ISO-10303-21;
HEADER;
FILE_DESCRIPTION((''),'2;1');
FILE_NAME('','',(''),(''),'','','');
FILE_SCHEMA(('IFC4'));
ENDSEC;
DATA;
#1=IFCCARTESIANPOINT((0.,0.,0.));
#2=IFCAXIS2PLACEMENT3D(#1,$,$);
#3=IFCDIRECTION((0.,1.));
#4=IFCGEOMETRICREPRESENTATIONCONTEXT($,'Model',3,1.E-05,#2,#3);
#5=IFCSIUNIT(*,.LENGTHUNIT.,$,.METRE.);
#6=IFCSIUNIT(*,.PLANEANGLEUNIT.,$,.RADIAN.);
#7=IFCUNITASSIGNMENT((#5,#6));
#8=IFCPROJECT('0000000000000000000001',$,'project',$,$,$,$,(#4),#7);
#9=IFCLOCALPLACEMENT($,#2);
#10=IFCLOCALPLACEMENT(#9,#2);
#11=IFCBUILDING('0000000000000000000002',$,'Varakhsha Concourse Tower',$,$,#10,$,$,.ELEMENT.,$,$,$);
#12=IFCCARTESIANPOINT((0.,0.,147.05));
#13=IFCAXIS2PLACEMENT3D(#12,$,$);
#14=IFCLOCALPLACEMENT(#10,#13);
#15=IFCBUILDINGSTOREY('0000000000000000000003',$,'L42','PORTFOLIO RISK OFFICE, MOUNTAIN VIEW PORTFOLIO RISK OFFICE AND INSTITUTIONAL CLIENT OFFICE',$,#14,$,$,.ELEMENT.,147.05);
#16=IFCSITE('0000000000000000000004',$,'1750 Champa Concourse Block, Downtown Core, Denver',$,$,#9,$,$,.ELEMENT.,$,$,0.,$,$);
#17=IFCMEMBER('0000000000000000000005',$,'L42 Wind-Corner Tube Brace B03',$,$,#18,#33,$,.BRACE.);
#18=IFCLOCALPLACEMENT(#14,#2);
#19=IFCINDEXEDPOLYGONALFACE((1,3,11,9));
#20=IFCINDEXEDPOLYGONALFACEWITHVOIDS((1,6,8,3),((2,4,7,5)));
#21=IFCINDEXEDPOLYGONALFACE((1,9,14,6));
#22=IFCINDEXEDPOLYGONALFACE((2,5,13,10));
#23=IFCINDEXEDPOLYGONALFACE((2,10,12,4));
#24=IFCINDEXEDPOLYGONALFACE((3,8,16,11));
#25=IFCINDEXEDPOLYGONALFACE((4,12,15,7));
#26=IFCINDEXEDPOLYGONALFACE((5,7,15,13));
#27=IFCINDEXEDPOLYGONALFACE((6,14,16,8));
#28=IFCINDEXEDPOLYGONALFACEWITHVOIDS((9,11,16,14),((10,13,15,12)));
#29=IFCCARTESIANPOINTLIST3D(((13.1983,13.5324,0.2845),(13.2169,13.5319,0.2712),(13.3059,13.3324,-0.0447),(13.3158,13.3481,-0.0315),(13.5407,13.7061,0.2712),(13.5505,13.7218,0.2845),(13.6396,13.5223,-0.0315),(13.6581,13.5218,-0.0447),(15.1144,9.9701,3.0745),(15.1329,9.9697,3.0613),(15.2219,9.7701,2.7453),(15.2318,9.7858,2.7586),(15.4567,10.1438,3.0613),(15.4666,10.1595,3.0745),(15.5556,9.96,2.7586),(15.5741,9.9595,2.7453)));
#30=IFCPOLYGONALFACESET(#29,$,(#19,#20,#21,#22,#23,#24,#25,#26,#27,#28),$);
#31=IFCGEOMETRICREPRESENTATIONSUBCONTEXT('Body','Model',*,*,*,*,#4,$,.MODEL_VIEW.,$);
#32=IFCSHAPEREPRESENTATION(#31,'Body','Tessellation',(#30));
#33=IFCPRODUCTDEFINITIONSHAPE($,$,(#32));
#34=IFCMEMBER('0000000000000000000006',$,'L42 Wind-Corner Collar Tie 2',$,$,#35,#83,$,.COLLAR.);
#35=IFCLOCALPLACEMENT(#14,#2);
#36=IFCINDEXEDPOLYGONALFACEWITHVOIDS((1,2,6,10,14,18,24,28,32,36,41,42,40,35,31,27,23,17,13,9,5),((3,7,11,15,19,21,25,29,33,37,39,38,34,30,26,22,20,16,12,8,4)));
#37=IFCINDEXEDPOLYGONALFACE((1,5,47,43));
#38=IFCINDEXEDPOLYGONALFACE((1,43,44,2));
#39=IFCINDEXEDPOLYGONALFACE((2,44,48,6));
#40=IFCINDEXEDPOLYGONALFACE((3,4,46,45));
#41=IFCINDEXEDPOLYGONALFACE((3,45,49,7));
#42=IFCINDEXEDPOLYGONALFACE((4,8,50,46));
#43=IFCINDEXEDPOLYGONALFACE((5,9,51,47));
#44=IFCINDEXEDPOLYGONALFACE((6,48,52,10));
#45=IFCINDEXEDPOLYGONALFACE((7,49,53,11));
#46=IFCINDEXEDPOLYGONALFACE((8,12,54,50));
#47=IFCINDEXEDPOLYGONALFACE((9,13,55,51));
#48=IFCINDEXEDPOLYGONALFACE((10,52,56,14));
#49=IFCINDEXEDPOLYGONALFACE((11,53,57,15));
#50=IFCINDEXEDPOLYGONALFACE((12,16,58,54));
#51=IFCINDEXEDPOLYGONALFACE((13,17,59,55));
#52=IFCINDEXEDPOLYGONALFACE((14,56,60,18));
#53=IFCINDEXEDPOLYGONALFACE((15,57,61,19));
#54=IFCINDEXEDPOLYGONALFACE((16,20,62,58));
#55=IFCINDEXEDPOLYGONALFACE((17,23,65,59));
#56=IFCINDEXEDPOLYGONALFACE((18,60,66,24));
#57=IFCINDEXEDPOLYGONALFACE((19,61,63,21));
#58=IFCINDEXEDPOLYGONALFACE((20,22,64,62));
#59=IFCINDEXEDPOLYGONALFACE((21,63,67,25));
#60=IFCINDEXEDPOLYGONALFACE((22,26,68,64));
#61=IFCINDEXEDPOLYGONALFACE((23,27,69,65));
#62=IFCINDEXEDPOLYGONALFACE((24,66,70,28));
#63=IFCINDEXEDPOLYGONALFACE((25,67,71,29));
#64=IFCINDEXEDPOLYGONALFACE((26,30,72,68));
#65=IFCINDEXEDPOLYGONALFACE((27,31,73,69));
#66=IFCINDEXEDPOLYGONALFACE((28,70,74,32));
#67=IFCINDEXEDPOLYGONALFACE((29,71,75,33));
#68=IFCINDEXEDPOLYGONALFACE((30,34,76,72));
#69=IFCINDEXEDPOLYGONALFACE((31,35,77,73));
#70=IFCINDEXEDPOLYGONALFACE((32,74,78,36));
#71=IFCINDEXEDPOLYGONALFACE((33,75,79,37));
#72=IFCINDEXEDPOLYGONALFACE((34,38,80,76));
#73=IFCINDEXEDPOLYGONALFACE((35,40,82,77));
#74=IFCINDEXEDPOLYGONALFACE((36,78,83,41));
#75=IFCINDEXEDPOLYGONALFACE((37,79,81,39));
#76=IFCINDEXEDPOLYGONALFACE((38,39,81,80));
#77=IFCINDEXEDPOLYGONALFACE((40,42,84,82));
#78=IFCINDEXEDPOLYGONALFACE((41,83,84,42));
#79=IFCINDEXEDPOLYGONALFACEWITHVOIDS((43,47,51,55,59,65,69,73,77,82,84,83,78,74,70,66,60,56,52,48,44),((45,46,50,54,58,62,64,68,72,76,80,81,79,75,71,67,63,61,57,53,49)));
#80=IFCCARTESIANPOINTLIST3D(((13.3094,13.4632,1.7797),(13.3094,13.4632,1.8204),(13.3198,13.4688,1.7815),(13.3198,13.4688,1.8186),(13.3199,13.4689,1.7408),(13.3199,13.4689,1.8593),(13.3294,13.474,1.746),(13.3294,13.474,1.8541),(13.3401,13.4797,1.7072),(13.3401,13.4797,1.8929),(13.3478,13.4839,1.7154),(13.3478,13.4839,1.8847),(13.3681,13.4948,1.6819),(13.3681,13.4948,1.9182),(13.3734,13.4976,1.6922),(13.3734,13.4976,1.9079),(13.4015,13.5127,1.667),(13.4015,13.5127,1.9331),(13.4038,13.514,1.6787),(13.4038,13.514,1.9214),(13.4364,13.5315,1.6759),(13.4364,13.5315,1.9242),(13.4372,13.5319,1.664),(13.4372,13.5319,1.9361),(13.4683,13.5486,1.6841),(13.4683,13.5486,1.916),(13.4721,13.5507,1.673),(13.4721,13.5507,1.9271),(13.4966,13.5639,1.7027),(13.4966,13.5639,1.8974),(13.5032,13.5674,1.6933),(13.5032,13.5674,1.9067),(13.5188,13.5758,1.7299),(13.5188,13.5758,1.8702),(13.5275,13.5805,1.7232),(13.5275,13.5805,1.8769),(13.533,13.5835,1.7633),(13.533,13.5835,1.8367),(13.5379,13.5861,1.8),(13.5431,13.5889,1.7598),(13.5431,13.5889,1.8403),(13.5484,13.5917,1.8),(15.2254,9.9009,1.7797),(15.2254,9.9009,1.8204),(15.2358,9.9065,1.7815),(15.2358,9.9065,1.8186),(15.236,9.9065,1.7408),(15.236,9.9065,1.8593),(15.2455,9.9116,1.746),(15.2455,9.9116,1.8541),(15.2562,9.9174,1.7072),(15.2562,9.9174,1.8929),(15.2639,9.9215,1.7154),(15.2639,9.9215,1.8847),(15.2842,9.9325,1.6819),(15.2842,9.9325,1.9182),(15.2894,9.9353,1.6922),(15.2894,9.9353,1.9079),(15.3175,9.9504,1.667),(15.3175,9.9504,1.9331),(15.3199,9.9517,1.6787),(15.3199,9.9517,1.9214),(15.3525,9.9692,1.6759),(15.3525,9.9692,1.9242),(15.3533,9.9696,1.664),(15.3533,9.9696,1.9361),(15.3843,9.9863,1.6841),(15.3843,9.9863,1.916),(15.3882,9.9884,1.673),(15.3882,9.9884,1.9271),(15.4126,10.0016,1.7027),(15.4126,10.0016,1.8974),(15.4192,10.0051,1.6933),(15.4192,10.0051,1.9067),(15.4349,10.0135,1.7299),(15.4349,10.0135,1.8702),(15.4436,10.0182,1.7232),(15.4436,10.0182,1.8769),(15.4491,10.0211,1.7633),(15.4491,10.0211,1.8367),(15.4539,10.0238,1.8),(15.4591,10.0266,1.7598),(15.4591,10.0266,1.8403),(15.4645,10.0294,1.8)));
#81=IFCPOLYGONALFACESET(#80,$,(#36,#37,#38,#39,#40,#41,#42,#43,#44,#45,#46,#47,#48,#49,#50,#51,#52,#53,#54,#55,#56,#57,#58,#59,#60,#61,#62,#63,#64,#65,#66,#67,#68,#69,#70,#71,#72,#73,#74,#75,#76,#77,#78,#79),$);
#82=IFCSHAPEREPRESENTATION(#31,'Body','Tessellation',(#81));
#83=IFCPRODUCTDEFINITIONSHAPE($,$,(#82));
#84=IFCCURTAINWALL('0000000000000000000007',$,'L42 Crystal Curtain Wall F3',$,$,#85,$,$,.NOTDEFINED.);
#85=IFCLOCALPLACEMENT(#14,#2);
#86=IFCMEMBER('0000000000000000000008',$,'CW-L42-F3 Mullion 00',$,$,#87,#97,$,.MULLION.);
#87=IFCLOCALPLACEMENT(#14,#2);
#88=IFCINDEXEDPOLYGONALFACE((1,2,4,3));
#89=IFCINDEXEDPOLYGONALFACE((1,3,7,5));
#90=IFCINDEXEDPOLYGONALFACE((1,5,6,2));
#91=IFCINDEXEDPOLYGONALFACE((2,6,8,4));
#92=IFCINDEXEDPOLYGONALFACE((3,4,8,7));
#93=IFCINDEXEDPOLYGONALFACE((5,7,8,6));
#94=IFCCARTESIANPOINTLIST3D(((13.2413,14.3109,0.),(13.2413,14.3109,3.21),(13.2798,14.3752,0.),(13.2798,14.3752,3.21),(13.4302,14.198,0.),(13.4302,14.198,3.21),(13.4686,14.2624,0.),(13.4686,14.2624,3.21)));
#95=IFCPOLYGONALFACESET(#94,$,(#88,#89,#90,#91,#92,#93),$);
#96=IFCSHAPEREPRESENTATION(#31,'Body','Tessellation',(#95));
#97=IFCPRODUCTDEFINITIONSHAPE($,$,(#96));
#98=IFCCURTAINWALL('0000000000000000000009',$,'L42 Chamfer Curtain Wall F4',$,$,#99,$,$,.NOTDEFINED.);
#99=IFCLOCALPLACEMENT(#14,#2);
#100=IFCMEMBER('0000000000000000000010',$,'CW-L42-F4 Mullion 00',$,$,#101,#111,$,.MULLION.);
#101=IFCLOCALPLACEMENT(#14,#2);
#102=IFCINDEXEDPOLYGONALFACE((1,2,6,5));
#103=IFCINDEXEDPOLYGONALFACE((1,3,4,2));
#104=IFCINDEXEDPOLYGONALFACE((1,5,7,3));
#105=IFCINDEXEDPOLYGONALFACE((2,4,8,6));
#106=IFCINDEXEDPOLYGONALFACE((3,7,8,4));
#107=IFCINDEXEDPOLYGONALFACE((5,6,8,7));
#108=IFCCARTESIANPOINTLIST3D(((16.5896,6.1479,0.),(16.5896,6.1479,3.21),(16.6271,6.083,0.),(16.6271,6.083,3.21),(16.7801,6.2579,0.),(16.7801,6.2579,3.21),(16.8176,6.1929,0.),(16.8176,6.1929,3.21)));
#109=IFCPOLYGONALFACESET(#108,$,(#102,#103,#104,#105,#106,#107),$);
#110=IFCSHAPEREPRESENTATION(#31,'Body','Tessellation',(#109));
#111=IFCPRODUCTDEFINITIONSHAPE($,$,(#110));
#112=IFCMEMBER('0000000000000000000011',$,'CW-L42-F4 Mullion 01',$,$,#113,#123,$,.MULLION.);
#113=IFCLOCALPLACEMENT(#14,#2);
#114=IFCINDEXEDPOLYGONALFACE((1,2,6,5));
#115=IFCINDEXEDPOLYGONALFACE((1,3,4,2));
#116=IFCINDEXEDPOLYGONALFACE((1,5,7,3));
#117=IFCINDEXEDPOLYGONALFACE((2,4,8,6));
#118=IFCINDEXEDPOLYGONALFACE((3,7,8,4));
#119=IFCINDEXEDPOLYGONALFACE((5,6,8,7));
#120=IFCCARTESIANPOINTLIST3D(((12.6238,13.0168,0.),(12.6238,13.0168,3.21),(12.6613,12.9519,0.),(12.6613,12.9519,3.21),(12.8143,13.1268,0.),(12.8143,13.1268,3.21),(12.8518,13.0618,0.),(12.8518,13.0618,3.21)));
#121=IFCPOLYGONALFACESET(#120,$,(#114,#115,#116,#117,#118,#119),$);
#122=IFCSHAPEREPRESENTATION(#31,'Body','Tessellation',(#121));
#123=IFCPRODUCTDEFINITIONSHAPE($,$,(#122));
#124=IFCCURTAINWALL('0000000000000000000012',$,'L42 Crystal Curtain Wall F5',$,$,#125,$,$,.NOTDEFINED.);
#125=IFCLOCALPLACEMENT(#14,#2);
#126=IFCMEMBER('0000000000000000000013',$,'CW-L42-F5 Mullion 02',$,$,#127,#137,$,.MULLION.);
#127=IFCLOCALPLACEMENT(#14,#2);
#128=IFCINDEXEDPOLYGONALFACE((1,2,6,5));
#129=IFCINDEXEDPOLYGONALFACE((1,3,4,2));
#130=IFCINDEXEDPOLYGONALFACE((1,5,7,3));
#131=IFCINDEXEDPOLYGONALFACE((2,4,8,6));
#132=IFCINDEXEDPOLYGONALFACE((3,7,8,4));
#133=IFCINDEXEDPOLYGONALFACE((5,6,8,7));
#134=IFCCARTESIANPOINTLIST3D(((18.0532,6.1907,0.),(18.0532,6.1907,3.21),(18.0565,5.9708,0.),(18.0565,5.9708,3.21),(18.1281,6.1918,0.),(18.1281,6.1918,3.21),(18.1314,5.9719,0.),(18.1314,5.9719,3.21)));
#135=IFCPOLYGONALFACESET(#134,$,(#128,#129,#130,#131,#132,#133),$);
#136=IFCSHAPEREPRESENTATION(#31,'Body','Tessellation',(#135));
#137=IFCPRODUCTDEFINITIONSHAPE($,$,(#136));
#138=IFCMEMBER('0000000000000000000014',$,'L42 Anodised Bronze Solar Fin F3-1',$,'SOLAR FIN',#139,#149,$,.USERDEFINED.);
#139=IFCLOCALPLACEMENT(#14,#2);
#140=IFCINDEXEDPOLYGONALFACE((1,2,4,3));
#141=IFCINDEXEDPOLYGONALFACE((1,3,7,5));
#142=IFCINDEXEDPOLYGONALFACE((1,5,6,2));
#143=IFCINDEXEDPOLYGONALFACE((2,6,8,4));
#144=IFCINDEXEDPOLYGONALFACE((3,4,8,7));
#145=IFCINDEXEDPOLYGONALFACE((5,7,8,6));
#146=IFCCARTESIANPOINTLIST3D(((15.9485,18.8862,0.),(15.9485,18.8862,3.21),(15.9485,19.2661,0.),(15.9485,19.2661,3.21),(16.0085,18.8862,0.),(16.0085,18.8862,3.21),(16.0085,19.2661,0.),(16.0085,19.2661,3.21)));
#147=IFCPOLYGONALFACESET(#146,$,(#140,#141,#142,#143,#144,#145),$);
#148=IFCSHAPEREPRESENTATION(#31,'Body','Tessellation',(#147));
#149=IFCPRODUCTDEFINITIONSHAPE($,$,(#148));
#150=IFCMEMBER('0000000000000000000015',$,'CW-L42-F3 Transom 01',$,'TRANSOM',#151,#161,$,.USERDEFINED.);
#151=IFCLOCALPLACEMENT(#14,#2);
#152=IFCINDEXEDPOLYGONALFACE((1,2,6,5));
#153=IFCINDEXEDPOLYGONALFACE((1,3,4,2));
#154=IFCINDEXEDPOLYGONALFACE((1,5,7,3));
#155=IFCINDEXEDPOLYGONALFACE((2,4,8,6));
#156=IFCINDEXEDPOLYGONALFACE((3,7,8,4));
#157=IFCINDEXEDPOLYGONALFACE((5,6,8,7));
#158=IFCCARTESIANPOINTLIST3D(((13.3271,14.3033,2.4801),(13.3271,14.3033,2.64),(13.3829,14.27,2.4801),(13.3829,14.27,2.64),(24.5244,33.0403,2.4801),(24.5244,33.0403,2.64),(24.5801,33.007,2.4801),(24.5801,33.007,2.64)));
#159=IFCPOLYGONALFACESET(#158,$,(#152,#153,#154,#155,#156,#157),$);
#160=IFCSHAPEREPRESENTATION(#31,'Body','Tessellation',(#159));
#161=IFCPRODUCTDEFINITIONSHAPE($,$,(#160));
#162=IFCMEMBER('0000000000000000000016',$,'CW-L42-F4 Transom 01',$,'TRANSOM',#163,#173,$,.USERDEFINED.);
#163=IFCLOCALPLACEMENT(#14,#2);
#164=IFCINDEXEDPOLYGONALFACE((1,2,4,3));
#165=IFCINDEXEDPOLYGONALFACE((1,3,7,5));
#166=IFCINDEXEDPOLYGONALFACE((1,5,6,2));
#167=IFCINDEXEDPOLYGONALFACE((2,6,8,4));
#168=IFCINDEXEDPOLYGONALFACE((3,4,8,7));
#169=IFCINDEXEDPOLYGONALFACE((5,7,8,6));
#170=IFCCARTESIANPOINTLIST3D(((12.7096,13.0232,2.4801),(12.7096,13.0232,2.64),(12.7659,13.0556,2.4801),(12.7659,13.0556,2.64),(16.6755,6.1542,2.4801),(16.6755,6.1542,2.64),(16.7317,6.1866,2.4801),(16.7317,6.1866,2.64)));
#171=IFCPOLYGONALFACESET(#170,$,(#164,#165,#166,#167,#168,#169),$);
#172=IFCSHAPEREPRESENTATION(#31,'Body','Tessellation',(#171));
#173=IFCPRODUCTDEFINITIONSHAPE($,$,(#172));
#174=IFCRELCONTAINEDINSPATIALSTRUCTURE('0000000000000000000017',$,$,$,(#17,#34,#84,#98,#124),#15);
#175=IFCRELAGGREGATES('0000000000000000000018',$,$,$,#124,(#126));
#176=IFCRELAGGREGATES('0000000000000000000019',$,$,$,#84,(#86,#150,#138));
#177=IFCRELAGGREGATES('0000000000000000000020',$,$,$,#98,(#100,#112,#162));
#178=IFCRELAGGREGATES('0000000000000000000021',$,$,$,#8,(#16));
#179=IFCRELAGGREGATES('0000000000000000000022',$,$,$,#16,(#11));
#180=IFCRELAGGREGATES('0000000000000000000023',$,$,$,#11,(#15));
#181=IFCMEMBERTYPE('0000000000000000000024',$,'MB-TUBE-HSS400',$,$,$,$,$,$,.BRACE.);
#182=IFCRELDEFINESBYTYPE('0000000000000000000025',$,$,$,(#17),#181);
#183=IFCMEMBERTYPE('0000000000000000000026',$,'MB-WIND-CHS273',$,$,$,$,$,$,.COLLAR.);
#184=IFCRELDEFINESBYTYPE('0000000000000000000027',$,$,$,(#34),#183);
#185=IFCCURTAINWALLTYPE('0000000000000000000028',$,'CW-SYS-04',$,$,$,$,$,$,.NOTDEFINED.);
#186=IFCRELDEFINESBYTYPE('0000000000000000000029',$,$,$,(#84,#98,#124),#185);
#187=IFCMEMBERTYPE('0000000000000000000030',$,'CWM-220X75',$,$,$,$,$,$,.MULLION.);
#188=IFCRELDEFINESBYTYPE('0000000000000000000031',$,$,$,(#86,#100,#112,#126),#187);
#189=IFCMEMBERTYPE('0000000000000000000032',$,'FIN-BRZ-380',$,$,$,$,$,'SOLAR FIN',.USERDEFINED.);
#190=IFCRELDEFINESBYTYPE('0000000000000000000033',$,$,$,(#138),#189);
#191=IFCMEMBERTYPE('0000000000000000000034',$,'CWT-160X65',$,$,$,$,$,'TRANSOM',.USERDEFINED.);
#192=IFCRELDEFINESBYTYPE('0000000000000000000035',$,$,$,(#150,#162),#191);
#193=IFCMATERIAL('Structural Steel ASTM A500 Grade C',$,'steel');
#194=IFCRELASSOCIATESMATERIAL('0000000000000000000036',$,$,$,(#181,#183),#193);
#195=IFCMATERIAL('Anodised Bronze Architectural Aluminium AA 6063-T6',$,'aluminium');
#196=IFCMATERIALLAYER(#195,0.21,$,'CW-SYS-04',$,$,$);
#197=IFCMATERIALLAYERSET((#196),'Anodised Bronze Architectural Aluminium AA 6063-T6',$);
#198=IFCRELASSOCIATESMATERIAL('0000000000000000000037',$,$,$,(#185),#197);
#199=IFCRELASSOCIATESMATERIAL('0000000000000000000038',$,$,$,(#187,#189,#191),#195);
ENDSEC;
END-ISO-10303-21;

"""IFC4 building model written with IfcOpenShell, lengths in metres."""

from ifc_helpers import new_model, si_unit, direction, frame, origin, origin_2d, place, context, subcontext, project, spatial, rectangle, hollow_rectangle, hollow_circle, extrude, source, transform, mapped, material, layer, layer_set, material_profile, profile_set, type_object, type_shapes, element, aggregate, save


model = new_model("IFC4")

# Units and contexts
model_context = context("Model", 3, precision=1e-05, world=origin(), true_north=direction((0.0, 1.0)))
body_context = subcontext(model_context, "Body", "Model", "MODEL_VIEW")
ifc_project = project(units=[si_unit("LENGTHUNIT", "METRE"), si_unit("PLANEANGLEUNIT", "RADIAN")], contexts=[model_context])

# Site, building, storey
site_placement = place(None, origin())
site = spatial("IfcSite", under=ifc_project, at=site_placement, Name="1750 Champa Concourse Block, Downtown Core, Denver", CompositionType="ELEMENT", RefElevation=0.0)
building_placement = place(site_placement, origin())
building = spatial("IfcBuilding", under=site, at=building_placement, Name="Varakhsha Concourse Tower", CompositionType="ELEMENT")
storey_placement = place(building_placement, frame((0.0, 0.0, 147.05)))
storey = spatial("IfcBuildingStorey", under=building, at=storey_placement, Name="L42", Description="PORTFOLIO RISK OFFICE, MOUNTAIN VIEW PORTFOLIO RISK OFFICE AND INSTITUTIONAL CLIENT OFFICE", CompositionType="ELEMENT", Elevation=147.05)

# Members
ifc_material_1 = material(Name="Structural Steel ASTM A500 Grade C", Category="steel")
ifc_material_profile_1 = material_profile(ifc_material_1, hollow_rectangle(XDim=0.3999, YDim=0.3999, WallThickness=0.0161, at=origin_2d()), Name="HSS 400x400x16")
ifc_profile_set_1 = profile_set([ifc_material_profile_1], Name="Structural Steel ASTM A500 Grade C")
member_type_1 = type_object("IfcMemberType", Name="MB-TUBE-HSS400", PredefinedType="BRACE", material=ifc_profile_set_1)
shared_shape_1 = source(origin(), body_context, "Body", "SweptSolid", [
    extrude(hollow_rectangle(XDim=0.3999, YDim=0.3999, WallThickness=0.0161, at=origin_2d()), origin(), (0.0, 0.0, 1.0), 4.9138),
])
member_1_placement = place(storey_placement, frame((13.4282, 13.5271, 0.1199), z_axis=(0.389928, -0.724954, 0.567801), x_axis=(0.88069, 0.473693, 0.0)))
element("IfcMember", 1, at=member_1_placement, inside=storey, type_object=member_type_1, Name="L42 Wind-Corner Tube Brace B03", PredefinedType="BRACE", context=body_context, shape_type="MappedRepresentation", body=[
    mapped(shared_shape_1, transform((0.0, 0.0, 0.0), scale=1.0)),
])
ifc_material_profile_2 = material_profile(ifc_material_1, hollow_circle(Radius=0.1365, WallThickness=0.012, at=origin_2d()), Name="CHS 273x12")
ifc_profile_set_2 = profile_set([ifc_material_profile_2], Name="Structural Steel ASTM A500 Grade C")
member_type_2 = type_object("IfcMemberType", Name="MB-WIND-CHS273", PredefinedType="COLLAR", material=ifc_profile_set_2)
shared_shape_2 = source(origin(), body_context, "Body", "SweptSolid", [
    extrude(hollow_circle(Radius=0.1365, WallThickness=0.012, at=origin_2d()), origin(), (0.0, 0.0, 1.0), 4.0449),
])
type_shapes(member_type_2, [shared_shape_2])
member_2_placement = place(storey_placement, frame((13.4282, 13.5271, 1.8), z_axis=(0.473693, -0.88069, 0.0), x_axis=(0.88069, 0.473693, 0.0)))
element("IfcMember", 2, at=member_2_placement, inside=storey, type_object=member_type_2, Name="L42 Wind-Corner Collar Tie 2", PredefinedType="COLLAR", context=body_context, shape_type="MappedRepresentation", body=[
    mapped(shared_shape_2, transform((0.0, 0.0, 0.0), scale=1.0)),
])

# Curtain wall, member
ifc_material_2 = material(Name="Anodised Bronze Architectural Aluminium AA 6063-T6", Category="aluminium")
ifc_layer_1 = layer(ifc_material_2, 0.21, Name="CW-SYS-04")
ifc_layer_set_1 = layer_set([ifc_layer_1], Name="Anodised Bronze Architectural Aluminium AA 6063-T6")
curtain_wall_type = type_object("IfcCurtainWallType", Name="CW-SYS-04", PredefinedType="NOTDEFINED", material=ifc_layer_set_1)
curtain_wall_1_placement = place(storey_placement, origin())
curtain_wall_1 = element("IfcCurtainWall", 3, at=curtain_wall_1_placement, inside=storey, type_object=curtain_wall_type, Name="L42 Crystal Curtain Wall F3", PredefinedType="NOTDEFINED")
ifc_material_profile_3 = material_profile(ifc_material_2, rectangle(XDim=0.075, YDim=0.22, at=origin_2d()), Name="CWM-220X75")
ifc_profile_set_3 = profile_set([ifc_material_profile_3], Name="Anodised Bronze Architectural Aluminium AA 6063-T6")
member_type_3 = type_object("IfcMemberType", Name="CWM-220X75", PredefinedType="MULLION", material=ifc_profile_set_3)
shared_shape_3 = source(origin(), body_context, "Body", "SweptSolid", [
    extrude(rectangle(XDim=0.075, YDim=0.22, at=origin_2d()), origin(), (0.0, 0.0, 1.0), 3.21),
])
type_shapes(member_type_3, [shared_shape_3])
member_3_placement = place(storey_placement, frame((13.355, 14.2866, 0.0), z_axis=(0.0, 0.0, 1.0), x_axis=(0.512984, 0.858398, 0.0)))
member_3 = element("IfcMember", 4, at=member_3_placement, type_object=member_type_3, Name="CW-L42-F3 Mullion 00", PredefinedType="MULLION", context=body_context, shape_type="MappedRepresentation", body=[
    mapped(shared_shape_3, transform((0.0, 0.0, 0.0), scale=1.0)),
])

# Curtain wall, members
curtain_wall_2_placement = place(storey_placement, origin())
curtain_wall_2 = element("IfcCurtainWall", 5, at=curtain_wall_2_placement, inside=storey, type_object=curtain_wall_type, Name="L42 Chamfer Curtain Wall F4", PredefinedType="NOTDEFINED")
member_4_placement = place(storey_placement, frame((16.7036, 6.1704, 0.0), z_axis=(0.0, 0.0, 1.0), x_axis=(-0.5, 0.866025, 0.0)))
member_4 = element("IfcMember", 6, at=member_4_placement, type_object=member_type_3, Name="CW-L42-F4 Mullion 00", PredefinedType="MULLION", context=body_context, shape_type="MappedRepresentation", body=[
    mapped(shared_shape_3, transform((0.0, 0.0, 0.0), scale=1.0)),
])
member_5_placement = place(storey_placement, frame((12.7378, 13.0393, 0.0), z_axis=(0.0, 0.0, 1.0), x_axis=(-0.5, 0.866025, 0.0)))
member_5 = element("IfcMember", 7, at=member_5_placement, type_object=member_type_3, Name="CW-L42-F4 Mullion 01", PredefinedType="MULLION", context=body_context, shape_type="MappedRepresentation", body=[
    mapped(shared_shape_3, transform((0.0, 0.0, 0.0), scale=1.0)),
])

# Curtain wall, member
curtain_wall_3_placement = place(storey_placement, origin())
curtain_wall_3 = element("IfcCurtainWall", 8, at=curtain_wall_3_placement, inside=storey, type_object=curtain_wall_type, Name="L42 Crystal Curtain Wall F5", PredefinedType="NOTDEFINED")
member_6_placement = place(storey_placement, frame((18.0923, 6.0813, 0.0), z_axis=(0.0, 0.0, 1.0), x_axis=(-0.999887, -0.015063, 0.0)))
member_6 = element("IfcMember", 9, at=member_6_placement, type_object=member_type_3, Name="CW-L42-F5 Mullion 02", PredefinedType="MULLION", context=body_context, shape_type="MappedRepresentation", body=[
    mapped(shared_shape_3, transform((0.0, 0.0, 0.0), scale=1.0)),
])
aggregate(curtain_wall_3, [member_6])

# Members
ifc_material_profile_4 = material_profile(ifc_material_2, rectangle(XDim=0.0601, YDim=0.3799, at=origin_2d()), Name="FIN-BRZ-380")
ifc_profile_set_4 = profile_set([ifc_material_profile_4], Name="Anodised Bronze Architectural Aluminium AA 6063-T6")
member_type_4 = type_object("IfcMemberType", Name="FIN-BRZ-380", ElementType="SOLAR FIN", PredefinedType="USERDEFINED", material=ifc_profile_set_4)
shared_shape_4 = source(origin(), body_context, "Body", "SweptSolid", [
    extrude(rectangle(XDim=0.0601, YDim=0.3799, at=origin_2d()), origin(), (0.0, 0.0, 1.0), 3.21),
])
type_shapes(member_type_4, [shared_shape_4])
member_7_placement = place(storey_placement, frame((15.9785, 19.0762, 0.0), z_axis=(0.0, 0.0, 1.0), x_axis=(1.0, 0.0, 0.0)))
member_7 = element("IfcMember", 10, at=member_7_placement, type_object=member_type_4, Name="L42 Anodised Bronze Solar Fin F3-1", ObjectType="SOLAR FIN", PredefinedType="USERDEFINED", context=body_context, shape_type="MappedRepresentation", body=[
    mapped(shared_shape_4, transform((0.0, 0.0, 0.0), scale=1.0)),
])
ifc_material_profile_5 = material_profile(ifc_material_2, rectangle(XDim=0.0649, YDim=0.1599, at=origin_2d()), Name="CWT-160X65")
ifc_profile_set_5 = profile_set([ifc_material_profile_5], Name="Anodised Bronze Architectural Aluminium AA 6063-T6")
member_type_5 = type_object("IfcMemberType", Name="CWT-160X65", ElementType="TRANSOM", PredefinedType="USERDEFINED", material=ifc_profile_set_5)
shared_shape_5 = source(origin(), body_context, "Body", "SweptSolid", [
    extrude(rectangle(XDim=0.0649, YDim=0.1599, at=origin_2d()), origin(), (0.0, 0.0, 1.0), 21.8279),
])
member_8_placement = place(storey_placement, frame((13.355, 14.2866, 2.5601), z_axis=(0.51298, 0.858401, 0.0), x_axis=(-0.858401, 0.51298, 0.0)))
member_8 = element("IfcMember", 11, at=member_8_placement, type_object=member_type_5, Name="CW-L42-F3 Transom 01", ObjectType="TRANSOM", PredefinedType="USERDEFINED", context=body_context, shape_type="MappedRepresentation", body=[
    mapped(shared_shape_5, transform((0.0, 0.0, 0.0), scale=1.0)),
])
shared_shape_6 = source(origin(), body_context, "Body", "SweptSolid", [
    extrude(rectangle(XDim=0.0649, YDim=0.1599, at=origin_2d()), origin(), (0.0, 0.0, 1.0), 7.9316),
])
type_shapes(member_type_5, [shared_shape_5, shared_shape_6])
member_9_placement = place(storey_placement, frame((16.7036, 6.1704, 2.5601), z_axis=(-0.500006, 0.866022, 0.0), x_axis=(-0.866022, -0.500006, 0.0)))
member_9 = element("IfcMember", 12, at=member_9_placement, type_object=member_type_5, Name="CW-L42-F4 Transom 01", ObjectType="TRANSOM", PredefinedType="USERDEFINED", context=body_context, shape_type="MappedRepresentation", body=[
    mapped(shared_shape_6, transform((0.0, 0.0, 0.0), scale=1.0)),
])

aggregate(curtain_wall_1, [member_3, member_8, member_7])
aggregate(curtain_wall_2, [member_4, member_5, member_9])

save(model, "model.ifc")
